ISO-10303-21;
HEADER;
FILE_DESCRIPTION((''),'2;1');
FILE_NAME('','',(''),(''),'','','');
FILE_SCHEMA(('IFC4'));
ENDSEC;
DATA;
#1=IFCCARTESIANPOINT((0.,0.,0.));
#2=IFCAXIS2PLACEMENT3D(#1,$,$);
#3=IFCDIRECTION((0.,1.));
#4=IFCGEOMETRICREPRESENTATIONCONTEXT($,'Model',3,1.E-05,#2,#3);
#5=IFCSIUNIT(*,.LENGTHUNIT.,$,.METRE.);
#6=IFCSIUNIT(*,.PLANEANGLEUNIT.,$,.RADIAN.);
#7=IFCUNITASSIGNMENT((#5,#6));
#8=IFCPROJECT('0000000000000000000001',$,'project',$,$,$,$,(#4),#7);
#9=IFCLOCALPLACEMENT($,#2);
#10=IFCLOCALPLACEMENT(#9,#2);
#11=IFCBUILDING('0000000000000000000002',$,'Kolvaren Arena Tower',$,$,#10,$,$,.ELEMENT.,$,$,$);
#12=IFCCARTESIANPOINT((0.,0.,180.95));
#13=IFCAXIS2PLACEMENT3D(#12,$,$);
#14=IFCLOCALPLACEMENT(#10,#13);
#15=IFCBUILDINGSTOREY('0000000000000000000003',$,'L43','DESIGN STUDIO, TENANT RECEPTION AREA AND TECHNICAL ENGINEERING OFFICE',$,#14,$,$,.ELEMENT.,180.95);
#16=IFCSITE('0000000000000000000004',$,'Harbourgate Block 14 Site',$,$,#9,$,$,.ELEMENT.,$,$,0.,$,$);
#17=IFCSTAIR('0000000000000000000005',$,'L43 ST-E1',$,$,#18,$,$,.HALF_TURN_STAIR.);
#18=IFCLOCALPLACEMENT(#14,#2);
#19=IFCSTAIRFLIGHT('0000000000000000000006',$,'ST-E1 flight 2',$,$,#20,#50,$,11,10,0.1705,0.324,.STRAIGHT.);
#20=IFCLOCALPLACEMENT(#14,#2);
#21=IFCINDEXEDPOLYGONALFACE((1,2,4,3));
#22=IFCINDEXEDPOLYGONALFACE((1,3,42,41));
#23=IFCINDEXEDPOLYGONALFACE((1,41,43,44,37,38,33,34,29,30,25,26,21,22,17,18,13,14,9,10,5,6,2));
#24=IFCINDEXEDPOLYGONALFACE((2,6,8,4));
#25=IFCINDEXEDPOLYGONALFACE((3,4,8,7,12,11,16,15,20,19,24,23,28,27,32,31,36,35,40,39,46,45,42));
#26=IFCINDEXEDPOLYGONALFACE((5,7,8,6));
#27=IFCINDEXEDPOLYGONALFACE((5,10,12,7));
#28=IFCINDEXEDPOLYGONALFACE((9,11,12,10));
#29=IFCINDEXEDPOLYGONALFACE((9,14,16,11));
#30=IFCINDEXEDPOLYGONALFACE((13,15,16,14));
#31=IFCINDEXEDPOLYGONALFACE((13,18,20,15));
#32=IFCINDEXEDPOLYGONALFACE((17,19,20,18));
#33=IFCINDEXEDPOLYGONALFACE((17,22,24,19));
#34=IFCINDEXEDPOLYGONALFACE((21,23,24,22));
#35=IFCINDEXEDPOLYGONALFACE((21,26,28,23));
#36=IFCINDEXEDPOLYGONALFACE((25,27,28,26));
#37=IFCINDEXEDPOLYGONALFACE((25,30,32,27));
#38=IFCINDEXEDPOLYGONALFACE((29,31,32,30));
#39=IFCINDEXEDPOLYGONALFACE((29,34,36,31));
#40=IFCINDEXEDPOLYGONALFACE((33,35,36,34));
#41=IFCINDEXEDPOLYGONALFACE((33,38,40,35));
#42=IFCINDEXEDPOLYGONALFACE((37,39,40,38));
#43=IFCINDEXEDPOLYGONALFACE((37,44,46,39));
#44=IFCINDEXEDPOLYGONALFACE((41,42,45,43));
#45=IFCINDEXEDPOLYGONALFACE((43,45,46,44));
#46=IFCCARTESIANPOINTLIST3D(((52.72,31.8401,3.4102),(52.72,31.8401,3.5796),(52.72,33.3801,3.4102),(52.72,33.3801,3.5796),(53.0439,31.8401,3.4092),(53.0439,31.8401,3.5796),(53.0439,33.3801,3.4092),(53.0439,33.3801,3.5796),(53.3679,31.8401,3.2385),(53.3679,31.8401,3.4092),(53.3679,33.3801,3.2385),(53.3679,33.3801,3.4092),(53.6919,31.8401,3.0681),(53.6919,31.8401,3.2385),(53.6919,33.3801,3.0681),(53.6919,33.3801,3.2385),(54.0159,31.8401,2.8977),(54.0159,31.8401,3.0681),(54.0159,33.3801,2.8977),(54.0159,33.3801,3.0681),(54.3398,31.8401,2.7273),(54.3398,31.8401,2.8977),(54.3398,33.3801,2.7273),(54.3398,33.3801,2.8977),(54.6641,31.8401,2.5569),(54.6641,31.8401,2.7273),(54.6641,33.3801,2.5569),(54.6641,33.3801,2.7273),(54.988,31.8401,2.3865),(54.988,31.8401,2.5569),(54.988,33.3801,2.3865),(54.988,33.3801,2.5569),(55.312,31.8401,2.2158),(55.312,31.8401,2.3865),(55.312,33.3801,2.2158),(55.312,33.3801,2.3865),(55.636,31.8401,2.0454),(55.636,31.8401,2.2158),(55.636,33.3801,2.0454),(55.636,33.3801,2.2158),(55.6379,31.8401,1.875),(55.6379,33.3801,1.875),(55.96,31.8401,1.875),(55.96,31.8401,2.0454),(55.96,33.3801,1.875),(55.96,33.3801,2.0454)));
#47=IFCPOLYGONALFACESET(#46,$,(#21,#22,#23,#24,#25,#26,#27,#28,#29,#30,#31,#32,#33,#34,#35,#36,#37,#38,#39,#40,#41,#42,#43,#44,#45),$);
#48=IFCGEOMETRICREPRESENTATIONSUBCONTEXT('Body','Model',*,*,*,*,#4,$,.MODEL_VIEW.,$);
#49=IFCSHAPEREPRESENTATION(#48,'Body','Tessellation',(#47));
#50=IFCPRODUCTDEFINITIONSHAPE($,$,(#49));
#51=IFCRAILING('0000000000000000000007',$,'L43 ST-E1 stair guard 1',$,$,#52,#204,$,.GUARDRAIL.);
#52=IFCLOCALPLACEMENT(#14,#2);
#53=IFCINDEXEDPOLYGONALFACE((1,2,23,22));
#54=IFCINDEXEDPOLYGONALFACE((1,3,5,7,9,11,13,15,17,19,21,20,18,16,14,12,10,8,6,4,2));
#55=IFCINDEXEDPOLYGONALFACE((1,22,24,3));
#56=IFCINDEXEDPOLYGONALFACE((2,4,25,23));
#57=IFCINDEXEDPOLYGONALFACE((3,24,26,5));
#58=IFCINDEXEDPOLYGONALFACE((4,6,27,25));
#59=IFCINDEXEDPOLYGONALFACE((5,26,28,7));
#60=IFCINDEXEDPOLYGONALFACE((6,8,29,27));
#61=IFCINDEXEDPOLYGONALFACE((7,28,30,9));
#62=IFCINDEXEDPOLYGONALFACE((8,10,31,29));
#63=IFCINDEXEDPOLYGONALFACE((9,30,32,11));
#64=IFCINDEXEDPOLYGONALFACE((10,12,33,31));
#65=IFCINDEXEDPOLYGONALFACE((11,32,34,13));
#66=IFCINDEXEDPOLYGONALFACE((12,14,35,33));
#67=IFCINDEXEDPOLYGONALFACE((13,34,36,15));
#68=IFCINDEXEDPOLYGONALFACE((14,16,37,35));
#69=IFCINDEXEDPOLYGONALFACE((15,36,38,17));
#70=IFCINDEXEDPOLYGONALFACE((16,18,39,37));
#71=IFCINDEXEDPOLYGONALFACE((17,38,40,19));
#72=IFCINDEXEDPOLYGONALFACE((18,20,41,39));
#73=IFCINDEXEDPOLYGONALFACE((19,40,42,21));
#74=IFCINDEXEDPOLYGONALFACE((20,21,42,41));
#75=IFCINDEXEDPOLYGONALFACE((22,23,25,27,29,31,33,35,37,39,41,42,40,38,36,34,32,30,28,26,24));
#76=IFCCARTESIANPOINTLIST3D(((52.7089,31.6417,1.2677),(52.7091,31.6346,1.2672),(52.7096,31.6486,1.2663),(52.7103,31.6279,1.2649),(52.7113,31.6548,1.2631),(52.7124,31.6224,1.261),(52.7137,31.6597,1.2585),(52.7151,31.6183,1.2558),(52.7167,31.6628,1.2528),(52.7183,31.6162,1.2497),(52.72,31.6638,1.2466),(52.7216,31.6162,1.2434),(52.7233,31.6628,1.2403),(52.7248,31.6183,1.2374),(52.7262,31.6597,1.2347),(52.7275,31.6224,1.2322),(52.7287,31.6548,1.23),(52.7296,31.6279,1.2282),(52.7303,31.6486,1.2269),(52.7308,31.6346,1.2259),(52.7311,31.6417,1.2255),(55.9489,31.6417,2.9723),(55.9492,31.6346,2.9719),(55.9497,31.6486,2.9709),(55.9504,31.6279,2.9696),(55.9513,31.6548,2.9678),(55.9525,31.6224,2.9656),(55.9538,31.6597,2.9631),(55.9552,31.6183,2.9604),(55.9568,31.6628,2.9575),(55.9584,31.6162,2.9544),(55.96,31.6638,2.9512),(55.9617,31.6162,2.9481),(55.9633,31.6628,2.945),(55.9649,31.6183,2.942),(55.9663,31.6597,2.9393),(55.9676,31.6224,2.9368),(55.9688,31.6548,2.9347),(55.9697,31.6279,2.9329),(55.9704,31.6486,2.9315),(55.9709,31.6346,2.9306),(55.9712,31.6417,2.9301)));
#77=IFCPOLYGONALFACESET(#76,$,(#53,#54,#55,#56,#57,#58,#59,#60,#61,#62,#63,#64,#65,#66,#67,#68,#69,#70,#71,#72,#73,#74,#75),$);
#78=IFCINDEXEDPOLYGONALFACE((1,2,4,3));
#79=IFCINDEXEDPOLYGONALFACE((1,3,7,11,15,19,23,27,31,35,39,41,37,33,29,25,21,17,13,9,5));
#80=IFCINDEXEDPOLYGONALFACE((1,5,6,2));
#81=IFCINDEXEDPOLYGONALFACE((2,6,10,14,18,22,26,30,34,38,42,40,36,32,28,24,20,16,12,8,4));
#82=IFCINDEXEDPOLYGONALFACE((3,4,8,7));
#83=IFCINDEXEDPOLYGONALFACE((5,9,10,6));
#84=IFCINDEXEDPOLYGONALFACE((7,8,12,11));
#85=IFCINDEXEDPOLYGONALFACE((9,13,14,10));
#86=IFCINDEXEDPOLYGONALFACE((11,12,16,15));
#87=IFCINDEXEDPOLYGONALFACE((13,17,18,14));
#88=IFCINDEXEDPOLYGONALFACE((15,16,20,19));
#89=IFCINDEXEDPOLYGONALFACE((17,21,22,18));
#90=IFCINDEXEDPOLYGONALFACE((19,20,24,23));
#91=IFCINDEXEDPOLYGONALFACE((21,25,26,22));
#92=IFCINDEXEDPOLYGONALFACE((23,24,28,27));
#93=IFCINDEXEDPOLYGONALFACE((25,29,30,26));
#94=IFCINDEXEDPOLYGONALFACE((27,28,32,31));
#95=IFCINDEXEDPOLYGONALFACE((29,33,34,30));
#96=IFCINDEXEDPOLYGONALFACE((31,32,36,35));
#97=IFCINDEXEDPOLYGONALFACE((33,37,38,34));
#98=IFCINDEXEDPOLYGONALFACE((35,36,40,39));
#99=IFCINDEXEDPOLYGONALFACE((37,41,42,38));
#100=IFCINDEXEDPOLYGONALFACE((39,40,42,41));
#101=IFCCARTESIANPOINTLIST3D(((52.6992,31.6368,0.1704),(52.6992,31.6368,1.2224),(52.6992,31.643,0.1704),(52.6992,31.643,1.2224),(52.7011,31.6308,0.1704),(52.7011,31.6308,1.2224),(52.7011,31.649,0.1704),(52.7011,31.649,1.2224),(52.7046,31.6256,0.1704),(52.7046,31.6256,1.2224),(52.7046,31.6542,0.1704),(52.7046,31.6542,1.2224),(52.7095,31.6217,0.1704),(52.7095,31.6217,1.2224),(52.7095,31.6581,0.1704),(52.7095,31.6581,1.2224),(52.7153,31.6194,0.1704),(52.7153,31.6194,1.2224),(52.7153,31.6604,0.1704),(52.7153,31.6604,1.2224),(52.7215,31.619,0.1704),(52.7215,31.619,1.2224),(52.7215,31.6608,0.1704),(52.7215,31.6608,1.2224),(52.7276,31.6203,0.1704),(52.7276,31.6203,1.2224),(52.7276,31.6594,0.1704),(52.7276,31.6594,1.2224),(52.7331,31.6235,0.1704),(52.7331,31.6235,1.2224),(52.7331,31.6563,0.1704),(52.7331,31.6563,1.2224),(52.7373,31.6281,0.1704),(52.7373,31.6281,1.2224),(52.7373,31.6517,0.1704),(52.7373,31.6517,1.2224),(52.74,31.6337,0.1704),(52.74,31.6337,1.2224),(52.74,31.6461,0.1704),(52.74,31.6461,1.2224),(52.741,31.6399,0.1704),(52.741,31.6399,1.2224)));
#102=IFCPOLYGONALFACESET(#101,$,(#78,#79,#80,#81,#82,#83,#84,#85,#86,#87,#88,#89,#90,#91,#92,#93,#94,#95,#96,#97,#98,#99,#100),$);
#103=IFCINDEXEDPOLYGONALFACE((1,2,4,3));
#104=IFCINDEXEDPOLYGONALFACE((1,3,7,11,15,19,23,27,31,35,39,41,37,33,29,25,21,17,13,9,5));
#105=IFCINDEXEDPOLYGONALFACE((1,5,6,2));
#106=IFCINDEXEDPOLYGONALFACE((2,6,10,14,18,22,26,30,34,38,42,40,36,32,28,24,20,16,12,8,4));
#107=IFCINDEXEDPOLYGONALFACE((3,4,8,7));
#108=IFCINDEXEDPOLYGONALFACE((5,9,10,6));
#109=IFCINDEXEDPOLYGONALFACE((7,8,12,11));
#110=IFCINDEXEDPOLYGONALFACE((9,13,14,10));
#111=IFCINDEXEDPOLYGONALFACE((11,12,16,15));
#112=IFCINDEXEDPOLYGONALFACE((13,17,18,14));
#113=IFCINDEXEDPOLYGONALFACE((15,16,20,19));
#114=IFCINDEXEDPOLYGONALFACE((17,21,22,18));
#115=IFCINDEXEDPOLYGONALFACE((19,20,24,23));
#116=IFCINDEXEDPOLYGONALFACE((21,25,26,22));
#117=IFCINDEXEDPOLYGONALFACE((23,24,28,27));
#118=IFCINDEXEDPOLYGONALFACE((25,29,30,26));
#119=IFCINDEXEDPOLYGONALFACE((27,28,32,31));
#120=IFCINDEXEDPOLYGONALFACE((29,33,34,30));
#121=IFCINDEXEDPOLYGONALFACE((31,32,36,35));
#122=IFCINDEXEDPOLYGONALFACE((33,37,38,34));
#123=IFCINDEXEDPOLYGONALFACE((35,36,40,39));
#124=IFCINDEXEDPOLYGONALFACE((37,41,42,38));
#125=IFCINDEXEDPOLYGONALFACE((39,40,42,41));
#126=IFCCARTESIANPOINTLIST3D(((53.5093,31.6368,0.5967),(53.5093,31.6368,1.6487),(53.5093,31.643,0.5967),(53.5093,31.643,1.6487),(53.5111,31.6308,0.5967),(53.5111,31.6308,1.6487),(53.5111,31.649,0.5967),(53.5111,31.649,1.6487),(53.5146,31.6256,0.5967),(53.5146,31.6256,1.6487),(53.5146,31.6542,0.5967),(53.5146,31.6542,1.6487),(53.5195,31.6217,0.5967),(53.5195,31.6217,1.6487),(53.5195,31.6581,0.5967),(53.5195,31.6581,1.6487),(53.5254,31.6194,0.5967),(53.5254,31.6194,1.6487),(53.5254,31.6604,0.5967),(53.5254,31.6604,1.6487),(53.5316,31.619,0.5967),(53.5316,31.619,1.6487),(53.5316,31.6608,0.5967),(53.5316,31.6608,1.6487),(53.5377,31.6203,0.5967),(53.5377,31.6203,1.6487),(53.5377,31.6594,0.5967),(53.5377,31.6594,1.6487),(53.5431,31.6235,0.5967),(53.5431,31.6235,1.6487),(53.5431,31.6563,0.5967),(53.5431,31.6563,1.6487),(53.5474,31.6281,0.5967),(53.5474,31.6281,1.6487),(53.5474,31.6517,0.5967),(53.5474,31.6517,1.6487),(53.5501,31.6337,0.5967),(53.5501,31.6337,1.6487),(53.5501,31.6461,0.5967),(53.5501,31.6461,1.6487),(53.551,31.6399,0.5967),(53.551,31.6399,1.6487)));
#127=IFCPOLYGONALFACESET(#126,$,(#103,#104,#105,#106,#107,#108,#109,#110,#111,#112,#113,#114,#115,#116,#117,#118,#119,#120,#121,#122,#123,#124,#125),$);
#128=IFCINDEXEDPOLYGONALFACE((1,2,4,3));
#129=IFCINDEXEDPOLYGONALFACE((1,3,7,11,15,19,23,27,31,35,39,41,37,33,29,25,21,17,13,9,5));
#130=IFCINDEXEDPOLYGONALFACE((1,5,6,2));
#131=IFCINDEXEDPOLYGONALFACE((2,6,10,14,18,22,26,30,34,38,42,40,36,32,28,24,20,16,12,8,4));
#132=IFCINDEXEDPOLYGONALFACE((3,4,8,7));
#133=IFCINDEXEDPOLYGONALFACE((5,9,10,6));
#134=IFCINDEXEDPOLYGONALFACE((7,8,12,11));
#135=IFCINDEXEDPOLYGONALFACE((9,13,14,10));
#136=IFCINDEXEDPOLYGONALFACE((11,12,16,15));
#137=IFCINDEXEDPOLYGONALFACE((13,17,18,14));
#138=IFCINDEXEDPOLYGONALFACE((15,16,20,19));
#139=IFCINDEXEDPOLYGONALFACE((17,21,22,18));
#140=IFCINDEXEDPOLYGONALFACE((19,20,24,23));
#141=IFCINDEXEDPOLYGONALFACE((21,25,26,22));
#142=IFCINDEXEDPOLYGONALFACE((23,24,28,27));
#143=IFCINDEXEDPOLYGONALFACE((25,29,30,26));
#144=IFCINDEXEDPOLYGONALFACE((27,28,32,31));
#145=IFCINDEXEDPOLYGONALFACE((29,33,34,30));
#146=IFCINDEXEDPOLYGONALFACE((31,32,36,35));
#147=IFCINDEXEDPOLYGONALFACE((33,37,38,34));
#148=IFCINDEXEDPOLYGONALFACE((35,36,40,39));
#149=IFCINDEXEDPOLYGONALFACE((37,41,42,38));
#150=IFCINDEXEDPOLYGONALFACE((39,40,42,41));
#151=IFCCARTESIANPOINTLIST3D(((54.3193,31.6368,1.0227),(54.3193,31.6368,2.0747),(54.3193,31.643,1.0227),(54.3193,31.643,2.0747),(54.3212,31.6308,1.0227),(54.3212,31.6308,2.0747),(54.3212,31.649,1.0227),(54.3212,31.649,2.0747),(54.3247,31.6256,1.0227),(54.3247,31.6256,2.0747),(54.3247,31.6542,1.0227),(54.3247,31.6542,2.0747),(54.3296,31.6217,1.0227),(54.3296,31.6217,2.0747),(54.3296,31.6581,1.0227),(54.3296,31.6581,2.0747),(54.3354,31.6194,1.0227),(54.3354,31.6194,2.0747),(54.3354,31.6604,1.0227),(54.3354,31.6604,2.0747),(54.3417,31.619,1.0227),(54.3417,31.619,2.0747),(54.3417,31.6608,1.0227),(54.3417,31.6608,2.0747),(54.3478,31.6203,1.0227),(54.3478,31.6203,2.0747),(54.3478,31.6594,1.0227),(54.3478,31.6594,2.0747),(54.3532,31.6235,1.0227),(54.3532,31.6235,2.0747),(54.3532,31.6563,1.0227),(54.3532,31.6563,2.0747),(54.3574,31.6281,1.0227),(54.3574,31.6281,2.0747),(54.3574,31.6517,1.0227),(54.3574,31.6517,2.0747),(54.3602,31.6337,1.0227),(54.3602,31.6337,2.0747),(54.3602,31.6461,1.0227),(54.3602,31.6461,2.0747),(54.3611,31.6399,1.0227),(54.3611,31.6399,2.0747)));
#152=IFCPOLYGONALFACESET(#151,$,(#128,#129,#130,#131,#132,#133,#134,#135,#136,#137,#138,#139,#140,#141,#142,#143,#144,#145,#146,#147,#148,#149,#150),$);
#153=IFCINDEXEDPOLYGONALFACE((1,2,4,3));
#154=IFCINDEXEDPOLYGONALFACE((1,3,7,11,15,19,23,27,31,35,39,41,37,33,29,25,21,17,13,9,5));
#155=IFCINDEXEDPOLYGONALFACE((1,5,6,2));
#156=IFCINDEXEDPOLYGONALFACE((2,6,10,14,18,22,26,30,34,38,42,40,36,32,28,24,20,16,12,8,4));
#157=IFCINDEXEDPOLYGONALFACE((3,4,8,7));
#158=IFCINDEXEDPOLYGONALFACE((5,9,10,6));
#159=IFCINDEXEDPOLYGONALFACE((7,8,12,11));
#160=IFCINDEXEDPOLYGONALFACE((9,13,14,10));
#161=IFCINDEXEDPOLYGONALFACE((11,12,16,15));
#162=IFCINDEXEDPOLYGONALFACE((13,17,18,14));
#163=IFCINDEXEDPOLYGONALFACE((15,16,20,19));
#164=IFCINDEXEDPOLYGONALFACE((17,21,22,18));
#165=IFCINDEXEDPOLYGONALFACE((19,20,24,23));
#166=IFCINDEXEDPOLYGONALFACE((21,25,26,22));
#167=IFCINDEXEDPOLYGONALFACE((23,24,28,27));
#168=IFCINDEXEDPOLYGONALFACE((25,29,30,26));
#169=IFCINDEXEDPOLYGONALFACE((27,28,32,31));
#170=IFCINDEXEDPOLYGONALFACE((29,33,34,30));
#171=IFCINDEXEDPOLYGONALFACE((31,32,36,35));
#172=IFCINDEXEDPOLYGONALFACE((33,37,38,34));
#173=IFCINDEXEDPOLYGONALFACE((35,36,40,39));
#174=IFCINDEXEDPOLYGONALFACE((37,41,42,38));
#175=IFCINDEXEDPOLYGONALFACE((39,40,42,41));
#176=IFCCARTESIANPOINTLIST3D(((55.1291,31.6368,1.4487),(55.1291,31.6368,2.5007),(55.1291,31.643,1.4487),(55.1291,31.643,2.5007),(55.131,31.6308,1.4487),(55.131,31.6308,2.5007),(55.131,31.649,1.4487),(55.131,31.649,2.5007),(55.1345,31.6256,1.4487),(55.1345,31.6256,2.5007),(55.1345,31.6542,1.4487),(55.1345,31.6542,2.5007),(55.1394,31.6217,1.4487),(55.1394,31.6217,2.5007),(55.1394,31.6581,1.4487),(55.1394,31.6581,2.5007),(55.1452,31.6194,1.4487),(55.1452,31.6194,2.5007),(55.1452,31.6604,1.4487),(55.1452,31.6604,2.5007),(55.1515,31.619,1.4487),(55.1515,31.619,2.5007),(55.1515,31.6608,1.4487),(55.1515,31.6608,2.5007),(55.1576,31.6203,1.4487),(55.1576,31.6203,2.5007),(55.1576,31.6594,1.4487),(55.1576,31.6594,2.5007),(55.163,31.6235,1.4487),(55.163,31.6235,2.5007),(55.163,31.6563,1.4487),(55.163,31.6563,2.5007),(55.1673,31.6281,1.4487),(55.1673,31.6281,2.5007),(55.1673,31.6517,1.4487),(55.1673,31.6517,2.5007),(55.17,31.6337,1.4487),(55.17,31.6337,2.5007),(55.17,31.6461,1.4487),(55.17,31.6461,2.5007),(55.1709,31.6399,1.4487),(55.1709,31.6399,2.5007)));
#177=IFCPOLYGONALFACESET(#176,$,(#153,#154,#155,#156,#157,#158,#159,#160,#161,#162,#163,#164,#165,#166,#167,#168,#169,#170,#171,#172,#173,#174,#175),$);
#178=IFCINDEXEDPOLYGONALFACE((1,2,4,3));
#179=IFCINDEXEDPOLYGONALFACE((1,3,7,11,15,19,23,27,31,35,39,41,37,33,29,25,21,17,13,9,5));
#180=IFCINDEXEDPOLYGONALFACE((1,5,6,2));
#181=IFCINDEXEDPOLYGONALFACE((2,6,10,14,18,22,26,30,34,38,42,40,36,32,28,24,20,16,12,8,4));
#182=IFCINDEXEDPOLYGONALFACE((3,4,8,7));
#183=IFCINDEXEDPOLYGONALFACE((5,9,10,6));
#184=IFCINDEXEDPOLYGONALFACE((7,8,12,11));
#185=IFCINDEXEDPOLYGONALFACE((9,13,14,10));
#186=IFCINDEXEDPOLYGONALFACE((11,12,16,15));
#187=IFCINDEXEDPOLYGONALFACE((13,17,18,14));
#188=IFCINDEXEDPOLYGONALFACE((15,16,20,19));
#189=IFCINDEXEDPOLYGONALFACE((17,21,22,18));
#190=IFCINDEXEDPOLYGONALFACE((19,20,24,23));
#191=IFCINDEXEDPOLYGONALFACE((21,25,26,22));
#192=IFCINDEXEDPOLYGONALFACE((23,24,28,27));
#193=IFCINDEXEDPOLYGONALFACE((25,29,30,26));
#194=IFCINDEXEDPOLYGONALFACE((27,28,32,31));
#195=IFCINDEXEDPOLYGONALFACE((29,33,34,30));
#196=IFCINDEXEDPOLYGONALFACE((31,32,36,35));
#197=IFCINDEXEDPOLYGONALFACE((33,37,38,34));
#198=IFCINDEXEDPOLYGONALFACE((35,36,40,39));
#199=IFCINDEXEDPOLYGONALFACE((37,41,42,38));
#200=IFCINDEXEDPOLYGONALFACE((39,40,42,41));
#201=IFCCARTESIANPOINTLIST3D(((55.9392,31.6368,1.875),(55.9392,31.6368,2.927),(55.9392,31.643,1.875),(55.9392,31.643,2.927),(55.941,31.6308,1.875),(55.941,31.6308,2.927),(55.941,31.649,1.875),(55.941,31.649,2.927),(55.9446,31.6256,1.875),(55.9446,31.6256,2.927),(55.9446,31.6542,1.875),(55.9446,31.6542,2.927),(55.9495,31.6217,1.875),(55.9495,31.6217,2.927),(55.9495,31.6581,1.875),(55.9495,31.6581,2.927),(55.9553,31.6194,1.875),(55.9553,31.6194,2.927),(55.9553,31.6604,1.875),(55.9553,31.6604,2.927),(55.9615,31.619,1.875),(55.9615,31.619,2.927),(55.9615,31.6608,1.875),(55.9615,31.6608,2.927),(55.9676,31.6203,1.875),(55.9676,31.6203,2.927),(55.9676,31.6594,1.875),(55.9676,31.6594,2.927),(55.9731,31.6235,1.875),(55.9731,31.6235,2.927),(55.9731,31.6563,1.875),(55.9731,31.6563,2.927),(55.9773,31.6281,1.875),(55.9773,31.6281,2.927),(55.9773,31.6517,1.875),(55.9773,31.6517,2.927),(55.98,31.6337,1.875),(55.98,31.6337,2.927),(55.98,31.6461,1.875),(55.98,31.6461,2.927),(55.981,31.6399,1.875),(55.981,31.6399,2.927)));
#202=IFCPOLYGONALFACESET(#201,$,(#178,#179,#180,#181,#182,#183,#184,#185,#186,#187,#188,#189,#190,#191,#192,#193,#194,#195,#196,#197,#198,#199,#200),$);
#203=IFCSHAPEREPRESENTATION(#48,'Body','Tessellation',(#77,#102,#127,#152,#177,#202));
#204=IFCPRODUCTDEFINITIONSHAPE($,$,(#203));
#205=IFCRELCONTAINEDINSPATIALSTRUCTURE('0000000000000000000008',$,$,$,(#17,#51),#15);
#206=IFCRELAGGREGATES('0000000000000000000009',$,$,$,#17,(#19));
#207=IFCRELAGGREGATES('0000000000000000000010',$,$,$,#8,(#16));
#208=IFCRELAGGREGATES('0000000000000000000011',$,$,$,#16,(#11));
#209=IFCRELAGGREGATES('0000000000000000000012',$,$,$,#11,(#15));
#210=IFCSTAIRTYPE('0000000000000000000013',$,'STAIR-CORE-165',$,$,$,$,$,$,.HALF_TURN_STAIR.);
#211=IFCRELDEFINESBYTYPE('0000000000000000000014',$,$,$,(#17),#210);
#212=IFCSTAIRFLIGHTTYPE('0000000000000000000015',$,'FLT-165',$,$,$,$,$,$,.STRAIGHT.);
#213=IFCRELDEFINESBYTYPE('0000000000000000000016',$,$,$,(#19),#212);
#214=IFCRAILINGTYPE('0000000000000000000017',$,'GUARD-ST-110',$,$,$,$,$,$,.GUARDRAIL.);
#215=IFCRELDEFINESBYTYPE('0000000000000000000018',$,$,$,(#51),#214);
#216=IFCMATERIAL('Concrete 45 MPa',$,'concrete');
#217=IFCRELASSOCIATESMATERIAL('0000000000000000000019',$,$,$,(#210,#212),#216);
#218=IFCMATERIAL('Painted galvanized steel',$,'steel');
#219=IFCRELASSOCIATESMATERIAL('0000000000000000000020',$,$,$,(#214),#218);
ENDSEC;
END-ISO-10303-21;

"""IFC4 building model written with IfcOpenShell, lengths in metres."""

from ifc_helpers import new_model, si_unit, direction, frame, origin, origin_2d, place, context, subcontext, project, spatial, polyline, circle, outline, extrude, material, type_object, element, aggregate, save


model = new_model("IFC4")

# Units and contexts
model_context = context("Model", 3, precision=1e-05, world=origin(), true_north=direction((0.0, 1.0)))
body_context = subcontext(model_context, "Body", "Model", "MODEL_VIEW")
ifc_project = project(units=[si_unit("LENGTHUNIT", "METRE"), si_unit("PLANEANGLEUNIT", "RADIAN")], contexts=[model_context])

# Site, building, storey
site_placement = place(None, origin())
site = spatial("IfcSite", under=ifc_project, at=site_placement, Name="Harbourgate Block 14 Site", CompositionType="ELEMENT", RefElevation=0.0)
building_placement = place(site_placement, origin())
building = spatial("IfcBuilding", under=site, at=building_placement, Name="Kolvaren Arena Tower", CompositionType="ELEMENT")
storey_placement = place(building_placement, frame((0.0, 0.0, 180.95)))
storey = spatial("IfcBuildingStorey", under=building, at=storey_placement, Name="L43", Description="DESIGN STUDIO, TENANT RECEPTION AREA AND TECHNICAL ENGINEERING OFFICE", CompositionType="ELEMENT", Elevation=180.95)

# Shared definitions
ifc_material_1 = material(Name="Concrete 45 MPa", Category="concrete")

# Stair, stair flight
stair_type_1 = type_object("IfcStairType", Name="STAIR-CORE-165", PredefinedType="HALF_TURN_STAIR", material=ifc_material_1)
stair_1_placement = place(storey_placement, origin())
stair_1 = element("IfcStair", 1, at=stair_1_placement, inside=storey, type_object=stair_type_1, Name="L43 ST-E1", PredefinedType="HALF_TURN_STAIR")
stair_flight_type_1 = type_object("IfcStairFlightType", Name="FLT-165", PredefinedType="STRAIGHT", material=ifc_material_1)
stair_flight_1_placement = place(storey_placement, frame((55.96, 32.6101, 1.875), z_axis=(0.0, 0.0, 1.0), x_axis=(-1.0, 0.0, 0.0)))
stair_flight_1 = element("IfcStairFlight", 2, at=stair_flight_1_placement, type_object=stair_flight_type_1, Name="ST-E1 flight 2", NumberOfRisers=11, NumberOfTreads=10, PredefinedType="STRAIGHT", RiserHeight=0.1705, TreadLength=0.324, context=body_context, shape_type="SweptSolid", body=[
    extrude(outline(polyline([(0.0, 0.0), (0.0, 0.1704), (0.324, 0.1704), (0.324, 0.3408), (0.6479, 0.3408), (0.6479, 0.5115), (0.9719, 0.5115), (0.9719, 0.6819), (1.2959, 0.6819), (1.2959, 0.8523), (1.6201, 0.8523), (1.6201, 1.0227), (1.9441, 1.0227), (1.9441, 1.1931), (2.2681, 1.1931), (2.2681, 1.3635), (2.592, 1.3635), (2.592, 1.5342), (2.916, 1.5342), (2.916, 1.7046), (3.24, 1.7046), (3.24, 1.875), (3.24, 1.5352), (0.322, 0.0), (0.0, 0.0)])), frame((0.0, 0.77, 0.0), z_axis=(0.0, -1.0, 0.0), x_axis=(1.0, 0.0, 0.0)), (0.0, 0.0, 1.0), 1.54),
])
aggregate(stair_1, [stair_flight_1])

# Railing
ifc_material_2 = material(Name="Painted galvanized steel", Category="steel")
railing_type_1 = type_object("IfcRailingType", Name="GUARD-ST-110", PredefinedType="GUARDRAIL", material=ifc_material_2)
railing_1_placement = place(storey_placement, frame((52.72, 31.6399, 0.1704)))
element("IfcRailing", 3, at=railing_1_placement, inside=storey, type_object=railing_type_1, Name="L43 ST-E1 stair guard 1", PredefinedType="GUARDRAIL", context=body_context, shape_type="SweptSolid", body=[
    extrude(circle(Radius=0.0239, at=origin_2d()), frame((0.0, 0.0, 1.0762), z_axis=(0.884993, 0.0, 0.465604), x_axis=(0.0, 1.0, 0.0)), (0.0, 0.0, 1.0), 3.6611),
    extrude(circle(Radius=0.021, at=origin_2d()), origin(), (0.0, 0.0, 1.0), 1.052),
    extrude(circle(Radius=0.021, at=origin_2d()), frame((0.8101, 0.0, 0.4263)), (0.0, 0.0, 1.0), 1.052),
    extrude(circle(Radius=0.021, at=origin_2d()), frame((1.6201, 0.0, 0.8523)), (0.0, 0.0, 1.0), 1.052),
    extrude(circle(Radius=0.021, at=origin_2d()), frame((2.4299, 0.0, 1.2783)), (0.0, 0.0, 1.0), 1.052),
    extrude(circle(Radius=0.021, at=origin_2d()), frame((3.24, 0.0, 1.7046)), (0.0, 0.0, 1.0), 1.052),
])

save(model, "model.ifc")
